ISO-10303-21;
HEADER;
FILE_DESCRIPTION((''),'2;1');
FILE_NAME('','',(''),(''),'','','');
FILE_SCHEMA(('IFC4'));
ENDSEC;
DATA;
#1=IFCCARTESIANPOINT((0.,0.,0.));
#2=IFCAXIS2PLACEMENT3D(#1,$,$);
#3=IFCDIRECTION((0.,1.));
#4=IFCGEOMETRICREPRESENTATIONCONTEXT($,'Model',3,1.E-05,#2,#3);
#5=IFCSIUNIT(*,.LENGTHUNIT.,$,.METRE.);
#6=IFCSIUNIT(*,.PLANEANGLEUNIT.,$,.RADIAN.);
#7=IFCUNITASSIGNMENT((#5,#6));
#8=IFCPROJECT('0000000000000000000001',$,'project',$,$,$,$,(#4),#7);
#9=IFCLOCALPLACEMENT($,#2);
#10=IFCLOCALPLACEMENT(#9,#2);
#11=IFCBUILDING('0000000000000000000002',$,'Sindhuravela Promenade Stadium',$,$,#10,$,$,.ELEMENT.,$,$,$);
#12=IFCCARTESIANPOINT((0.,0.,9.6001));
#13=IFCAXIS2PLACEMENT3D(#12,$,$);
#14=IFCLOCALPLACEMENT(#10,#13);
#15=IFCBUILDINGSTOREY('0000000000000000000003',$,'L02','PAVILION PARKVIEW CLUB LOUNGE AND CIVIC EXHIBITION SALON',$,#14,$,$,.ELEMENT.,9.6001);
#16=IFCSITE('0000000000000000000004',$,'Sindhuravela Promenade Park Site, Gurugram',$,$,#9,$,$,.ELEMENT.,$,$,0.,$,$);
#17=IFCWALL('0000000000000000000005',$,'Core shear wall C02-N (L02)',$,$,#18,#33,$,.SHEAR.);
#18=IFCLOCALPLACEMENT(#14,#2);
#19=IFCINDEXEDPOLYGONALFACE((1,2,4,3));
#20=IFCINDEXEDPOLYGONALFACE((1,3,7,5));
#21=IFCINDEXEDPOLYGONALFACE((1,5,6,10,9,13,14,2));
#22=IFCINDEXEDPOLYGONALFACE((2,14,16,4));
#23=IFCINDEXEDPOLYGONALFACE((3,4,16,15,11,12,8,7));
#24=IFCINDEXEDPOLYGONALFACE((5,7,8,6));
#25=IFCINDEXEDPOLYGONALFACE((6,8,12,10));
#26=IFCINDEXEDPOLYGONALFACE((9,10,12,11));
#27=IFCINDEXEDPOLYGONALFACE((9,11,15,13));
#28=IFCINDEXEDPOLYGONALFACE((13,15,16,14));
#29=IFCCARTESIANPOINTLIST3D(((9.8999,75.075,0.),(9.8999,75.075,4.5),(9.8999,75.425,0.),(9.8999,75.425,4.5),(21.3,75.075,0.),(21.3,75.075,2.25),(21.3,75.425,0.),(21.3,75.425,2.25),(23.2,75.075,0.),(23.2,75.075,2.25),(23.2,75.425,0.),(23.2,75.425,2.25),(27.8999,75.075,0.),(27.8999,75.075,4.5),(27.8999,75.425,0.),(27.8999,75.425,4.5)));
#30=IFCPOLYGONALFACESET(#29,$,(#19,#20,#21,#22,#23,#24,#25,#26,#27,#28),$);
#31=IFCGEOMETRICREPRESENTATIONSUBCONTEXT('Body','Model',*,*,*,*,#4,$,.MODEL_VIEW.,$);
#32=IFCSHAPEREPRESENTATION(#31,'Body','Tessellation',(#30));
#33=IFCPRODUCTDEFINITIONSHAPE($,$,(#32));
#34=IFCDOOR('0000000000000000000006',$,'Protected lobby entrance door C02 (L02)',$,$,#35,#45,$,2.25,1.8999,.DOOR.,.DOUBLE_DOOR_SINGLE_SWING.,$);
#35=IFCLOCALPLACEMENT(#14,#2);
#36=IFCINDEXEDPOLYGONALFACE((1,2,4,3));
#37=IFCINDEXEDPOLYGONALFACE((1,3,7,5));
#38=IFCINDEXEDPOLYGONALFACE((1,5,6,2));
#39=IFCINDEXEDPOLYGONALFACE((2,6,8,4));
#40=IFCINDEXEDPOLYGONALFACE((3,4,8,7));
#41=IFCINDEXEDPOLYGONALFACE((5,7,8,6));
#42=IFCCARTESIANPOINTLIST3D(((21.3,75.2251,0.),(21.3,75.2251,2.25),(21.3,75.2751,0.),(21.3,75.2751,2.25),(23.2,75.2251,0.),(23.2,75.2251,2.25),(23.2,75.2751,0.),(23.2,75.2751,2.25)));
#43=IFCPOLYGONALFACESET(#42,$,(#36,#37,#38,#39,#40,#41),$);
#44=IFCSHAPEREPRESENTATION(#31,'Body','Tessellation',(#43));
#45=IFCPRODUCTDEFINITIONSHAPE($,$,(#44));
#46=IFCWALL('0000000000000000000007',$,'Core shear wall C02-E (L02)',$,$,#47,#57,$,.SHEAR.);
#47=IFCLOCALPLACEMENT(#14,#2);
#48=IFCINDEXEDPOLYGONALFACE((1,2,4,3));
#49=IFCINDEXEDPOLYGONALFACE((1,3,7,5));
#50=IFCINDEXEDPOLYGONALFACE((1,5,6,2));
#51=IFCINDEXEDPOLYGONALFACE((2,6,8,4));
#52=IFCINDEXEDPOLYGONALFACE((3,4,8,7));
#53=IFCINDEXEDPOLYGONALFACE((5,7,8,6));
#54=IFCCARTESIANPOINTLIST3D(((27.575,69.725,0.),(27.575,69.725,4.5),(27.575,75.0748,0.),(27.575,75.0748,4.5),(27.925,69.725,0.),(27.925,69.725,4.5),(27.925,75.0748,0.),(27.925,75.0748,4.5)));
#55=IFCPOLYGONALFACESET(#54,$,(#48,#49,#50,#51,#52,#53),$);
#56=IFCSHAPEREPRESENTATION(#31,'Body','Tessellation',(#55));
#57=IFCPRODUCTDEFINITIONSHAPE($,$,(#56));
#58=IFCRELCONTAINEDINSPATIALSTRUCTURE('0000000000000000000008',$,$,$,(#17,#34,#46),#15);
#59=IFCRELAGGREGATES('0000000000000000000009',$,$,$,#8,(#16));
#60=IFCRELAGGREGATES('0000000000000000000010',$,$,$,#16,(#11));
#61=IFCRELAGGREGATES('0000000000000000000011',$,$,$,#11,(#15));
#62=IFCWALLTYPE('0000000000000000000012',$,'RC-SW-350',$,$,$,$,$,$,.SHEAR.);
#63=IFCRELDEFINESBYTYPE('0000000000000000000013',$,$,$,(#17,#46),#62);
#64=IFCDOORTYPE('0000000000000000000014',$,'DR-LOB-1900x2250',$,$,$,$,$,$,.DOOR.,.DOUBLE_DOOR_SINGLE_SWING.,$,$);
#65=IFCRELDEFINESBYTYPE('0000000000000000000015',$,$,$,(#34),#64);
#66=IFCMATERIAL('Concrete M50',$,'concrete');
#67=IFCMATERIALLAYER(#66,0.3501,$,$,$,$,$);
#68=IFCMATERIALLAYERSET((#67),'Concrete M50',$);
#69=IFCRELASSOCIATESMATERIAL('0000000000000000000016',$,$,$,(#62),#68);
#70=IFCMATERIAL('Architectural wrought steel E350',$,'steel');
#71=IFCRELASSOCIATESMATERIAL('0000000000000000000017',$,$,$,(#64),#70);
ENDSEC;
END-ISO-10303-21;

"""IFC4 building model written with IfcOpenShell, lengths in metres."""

from ifc_helpers import new_model, si_unit, direction, frame, frame_2d, origin, place, context, subcontext, project, spatial, rectangle, extrude, material, layer, layer_set, type_object, element, fill, save


model = new_model("IFC4")

# Units and contexts
model_context = context("Model", 3, precision=1e-05, world=origin(), true_north=direction((0.0, 1.0)))
body_context = subcontext(model_context, "Body", "Model", "MODEL_VIEW")
ifc_project = project(units=[si_unit("LENGTHUNIT", "METRE"), si_unit("PLANEANGLEUNIT", "RADIAN")], contexts=[model_context])

# Site, building, storey
site_placement = place(None, origin())
site = spatial("IfcSite", under=ifc_project, at=site_placement, Name="Sindhuravela Promenade Park Site, Gurugram", CompositionType="ELEMENT", RefElevation=0.0)
building_placement = place(site_placement, origin())
building = spatial("IfcBuilding", under=site, at=building_placement, Name="Sindhuravela Promenade Stadium", CompositionType="ELEMENT")
storey_placement = place(building_placement, frame((0.0, 0.0, 9.6001)))
storey = spatial("IfcBuildingStorey", under=building, at=storey_placement, Name="L02", Description="PAVILION PARKVIEW CLUB LOUNGE AND CIVIC EXHIBITION SALON", CompositionType="ELEMENT", Elevation=9.6001)

# Shared definitions
ifc_material_1 = material(Name="Concrete M50", Category="concrete")

# Wall, opening, door
ifc_layer_1 = layer(ifc_material_1, 0.3501)
ifc_layer_set_1 = layer_set([ifc_layer_1], Name="Concrete M50")
wall_type_1 = type_object("IfcWallType", Name="RC-SW-350", PredefinedType="SHEAR", material=ifc_layer_set_1)
wall_1_placement = place(storey_placement, frame((27.8999, 75.25, 0.0), z_axis=(0.0, 0.0, 1.0), x_axis=(-1.0, 0.0, 0.0)))
wall_1 = element("IfcWall", 1, at=wall_1_placement, inside=storey, type_object=wall_type_1, Name="Core shear wall C02-N (L02)", PredefinedType="SHEAR", context=body_context, shape_type="SweptSolid", body=[
    extrude(rectangle(XDim=18.0, YDim=0.3501, at=frame_2d((9.0, 0.0))), origin(), (0.0, 0.0, 1.0), 4.5),
])
opening_1_placement = place(wall_1_placement, frame((4.7, 0.0, 0.0)))
opening_1 = element("IfcOpeningElement", 2, at=opening_1_placement, cuts=wall_1, PredefinedType="OPENING", context=body_context, shape_type="SweptSolid", body=[
    extrude(rectangle(XDim=1.8999, YDim=2.25, at=frame_2d((0.95, 1.125))), frame((0.0, 0.1851, 0.0), z_axis=(0.0, -1.0, 0.0), x_axis=(1.0, 0.0, 0.0)), (0.0, 0.0, 1.0), 0.3701),
])
ifc_material_2 = material(Name="Architectural wrought steel E350", Category="steel")
door_type_1 = type_object("IfcDoorType", Name="DR-LOB-1900x2250", OperationType="DOUBLE_DOOR_SINGLE_SWING", PredefinedType="DOOR", material=ifc_material_2)
door_1_placement = place(opening_1_placement, origin())
door_1 = element("IfcDoor", 3, at=door_1_placement, inside=storey, type_object=door_type_1, Name="Protected lobby entrance door C02 (L02)", OperationType="DOUBLE_DOOR_SINGLE_SWING", OverallHeight=2.25, OverallWidth=1.8999, PredefinedType="DOOR", context=body_context, shape_type="SweptSolid", body=[
    extrude(rectangle(XDim=1.8999, YDim=2.25, at=frame_2d((0.95, 1.125))), frame((0.0, 0.0249, 0.0), z_axis=(0.0, -1.0, 0.0), x_axis=(1.0, 0.0, 0.0)), (0.0, 0.0, 1.0), 0.05),
])
fill(opening_1, door_1)

# Wall
wall_2_placement = place(storey_placement, frame((27.75, 69.7251, 0.0), z_axis=(0.0, 0.0, 1.0), x_axis=(0.0, 1.0, 0.0)))
element("IfcWall", 4, at=wall_2_placement, inside=storey, type_object=wall_type_1, Name="Core shear wall C02-E (L02)", PredefinedType="SHEAR", context=body_context, shape_type="SweptSolid", body=[
    extrude(rectangle(XDim=5.3499, YDim=0.3501, at=frame_2d((2.6748, 0.0))), origin(), (0.0, 0.0, 1.0), 4.5),
])

save(model, "model.ifc")
